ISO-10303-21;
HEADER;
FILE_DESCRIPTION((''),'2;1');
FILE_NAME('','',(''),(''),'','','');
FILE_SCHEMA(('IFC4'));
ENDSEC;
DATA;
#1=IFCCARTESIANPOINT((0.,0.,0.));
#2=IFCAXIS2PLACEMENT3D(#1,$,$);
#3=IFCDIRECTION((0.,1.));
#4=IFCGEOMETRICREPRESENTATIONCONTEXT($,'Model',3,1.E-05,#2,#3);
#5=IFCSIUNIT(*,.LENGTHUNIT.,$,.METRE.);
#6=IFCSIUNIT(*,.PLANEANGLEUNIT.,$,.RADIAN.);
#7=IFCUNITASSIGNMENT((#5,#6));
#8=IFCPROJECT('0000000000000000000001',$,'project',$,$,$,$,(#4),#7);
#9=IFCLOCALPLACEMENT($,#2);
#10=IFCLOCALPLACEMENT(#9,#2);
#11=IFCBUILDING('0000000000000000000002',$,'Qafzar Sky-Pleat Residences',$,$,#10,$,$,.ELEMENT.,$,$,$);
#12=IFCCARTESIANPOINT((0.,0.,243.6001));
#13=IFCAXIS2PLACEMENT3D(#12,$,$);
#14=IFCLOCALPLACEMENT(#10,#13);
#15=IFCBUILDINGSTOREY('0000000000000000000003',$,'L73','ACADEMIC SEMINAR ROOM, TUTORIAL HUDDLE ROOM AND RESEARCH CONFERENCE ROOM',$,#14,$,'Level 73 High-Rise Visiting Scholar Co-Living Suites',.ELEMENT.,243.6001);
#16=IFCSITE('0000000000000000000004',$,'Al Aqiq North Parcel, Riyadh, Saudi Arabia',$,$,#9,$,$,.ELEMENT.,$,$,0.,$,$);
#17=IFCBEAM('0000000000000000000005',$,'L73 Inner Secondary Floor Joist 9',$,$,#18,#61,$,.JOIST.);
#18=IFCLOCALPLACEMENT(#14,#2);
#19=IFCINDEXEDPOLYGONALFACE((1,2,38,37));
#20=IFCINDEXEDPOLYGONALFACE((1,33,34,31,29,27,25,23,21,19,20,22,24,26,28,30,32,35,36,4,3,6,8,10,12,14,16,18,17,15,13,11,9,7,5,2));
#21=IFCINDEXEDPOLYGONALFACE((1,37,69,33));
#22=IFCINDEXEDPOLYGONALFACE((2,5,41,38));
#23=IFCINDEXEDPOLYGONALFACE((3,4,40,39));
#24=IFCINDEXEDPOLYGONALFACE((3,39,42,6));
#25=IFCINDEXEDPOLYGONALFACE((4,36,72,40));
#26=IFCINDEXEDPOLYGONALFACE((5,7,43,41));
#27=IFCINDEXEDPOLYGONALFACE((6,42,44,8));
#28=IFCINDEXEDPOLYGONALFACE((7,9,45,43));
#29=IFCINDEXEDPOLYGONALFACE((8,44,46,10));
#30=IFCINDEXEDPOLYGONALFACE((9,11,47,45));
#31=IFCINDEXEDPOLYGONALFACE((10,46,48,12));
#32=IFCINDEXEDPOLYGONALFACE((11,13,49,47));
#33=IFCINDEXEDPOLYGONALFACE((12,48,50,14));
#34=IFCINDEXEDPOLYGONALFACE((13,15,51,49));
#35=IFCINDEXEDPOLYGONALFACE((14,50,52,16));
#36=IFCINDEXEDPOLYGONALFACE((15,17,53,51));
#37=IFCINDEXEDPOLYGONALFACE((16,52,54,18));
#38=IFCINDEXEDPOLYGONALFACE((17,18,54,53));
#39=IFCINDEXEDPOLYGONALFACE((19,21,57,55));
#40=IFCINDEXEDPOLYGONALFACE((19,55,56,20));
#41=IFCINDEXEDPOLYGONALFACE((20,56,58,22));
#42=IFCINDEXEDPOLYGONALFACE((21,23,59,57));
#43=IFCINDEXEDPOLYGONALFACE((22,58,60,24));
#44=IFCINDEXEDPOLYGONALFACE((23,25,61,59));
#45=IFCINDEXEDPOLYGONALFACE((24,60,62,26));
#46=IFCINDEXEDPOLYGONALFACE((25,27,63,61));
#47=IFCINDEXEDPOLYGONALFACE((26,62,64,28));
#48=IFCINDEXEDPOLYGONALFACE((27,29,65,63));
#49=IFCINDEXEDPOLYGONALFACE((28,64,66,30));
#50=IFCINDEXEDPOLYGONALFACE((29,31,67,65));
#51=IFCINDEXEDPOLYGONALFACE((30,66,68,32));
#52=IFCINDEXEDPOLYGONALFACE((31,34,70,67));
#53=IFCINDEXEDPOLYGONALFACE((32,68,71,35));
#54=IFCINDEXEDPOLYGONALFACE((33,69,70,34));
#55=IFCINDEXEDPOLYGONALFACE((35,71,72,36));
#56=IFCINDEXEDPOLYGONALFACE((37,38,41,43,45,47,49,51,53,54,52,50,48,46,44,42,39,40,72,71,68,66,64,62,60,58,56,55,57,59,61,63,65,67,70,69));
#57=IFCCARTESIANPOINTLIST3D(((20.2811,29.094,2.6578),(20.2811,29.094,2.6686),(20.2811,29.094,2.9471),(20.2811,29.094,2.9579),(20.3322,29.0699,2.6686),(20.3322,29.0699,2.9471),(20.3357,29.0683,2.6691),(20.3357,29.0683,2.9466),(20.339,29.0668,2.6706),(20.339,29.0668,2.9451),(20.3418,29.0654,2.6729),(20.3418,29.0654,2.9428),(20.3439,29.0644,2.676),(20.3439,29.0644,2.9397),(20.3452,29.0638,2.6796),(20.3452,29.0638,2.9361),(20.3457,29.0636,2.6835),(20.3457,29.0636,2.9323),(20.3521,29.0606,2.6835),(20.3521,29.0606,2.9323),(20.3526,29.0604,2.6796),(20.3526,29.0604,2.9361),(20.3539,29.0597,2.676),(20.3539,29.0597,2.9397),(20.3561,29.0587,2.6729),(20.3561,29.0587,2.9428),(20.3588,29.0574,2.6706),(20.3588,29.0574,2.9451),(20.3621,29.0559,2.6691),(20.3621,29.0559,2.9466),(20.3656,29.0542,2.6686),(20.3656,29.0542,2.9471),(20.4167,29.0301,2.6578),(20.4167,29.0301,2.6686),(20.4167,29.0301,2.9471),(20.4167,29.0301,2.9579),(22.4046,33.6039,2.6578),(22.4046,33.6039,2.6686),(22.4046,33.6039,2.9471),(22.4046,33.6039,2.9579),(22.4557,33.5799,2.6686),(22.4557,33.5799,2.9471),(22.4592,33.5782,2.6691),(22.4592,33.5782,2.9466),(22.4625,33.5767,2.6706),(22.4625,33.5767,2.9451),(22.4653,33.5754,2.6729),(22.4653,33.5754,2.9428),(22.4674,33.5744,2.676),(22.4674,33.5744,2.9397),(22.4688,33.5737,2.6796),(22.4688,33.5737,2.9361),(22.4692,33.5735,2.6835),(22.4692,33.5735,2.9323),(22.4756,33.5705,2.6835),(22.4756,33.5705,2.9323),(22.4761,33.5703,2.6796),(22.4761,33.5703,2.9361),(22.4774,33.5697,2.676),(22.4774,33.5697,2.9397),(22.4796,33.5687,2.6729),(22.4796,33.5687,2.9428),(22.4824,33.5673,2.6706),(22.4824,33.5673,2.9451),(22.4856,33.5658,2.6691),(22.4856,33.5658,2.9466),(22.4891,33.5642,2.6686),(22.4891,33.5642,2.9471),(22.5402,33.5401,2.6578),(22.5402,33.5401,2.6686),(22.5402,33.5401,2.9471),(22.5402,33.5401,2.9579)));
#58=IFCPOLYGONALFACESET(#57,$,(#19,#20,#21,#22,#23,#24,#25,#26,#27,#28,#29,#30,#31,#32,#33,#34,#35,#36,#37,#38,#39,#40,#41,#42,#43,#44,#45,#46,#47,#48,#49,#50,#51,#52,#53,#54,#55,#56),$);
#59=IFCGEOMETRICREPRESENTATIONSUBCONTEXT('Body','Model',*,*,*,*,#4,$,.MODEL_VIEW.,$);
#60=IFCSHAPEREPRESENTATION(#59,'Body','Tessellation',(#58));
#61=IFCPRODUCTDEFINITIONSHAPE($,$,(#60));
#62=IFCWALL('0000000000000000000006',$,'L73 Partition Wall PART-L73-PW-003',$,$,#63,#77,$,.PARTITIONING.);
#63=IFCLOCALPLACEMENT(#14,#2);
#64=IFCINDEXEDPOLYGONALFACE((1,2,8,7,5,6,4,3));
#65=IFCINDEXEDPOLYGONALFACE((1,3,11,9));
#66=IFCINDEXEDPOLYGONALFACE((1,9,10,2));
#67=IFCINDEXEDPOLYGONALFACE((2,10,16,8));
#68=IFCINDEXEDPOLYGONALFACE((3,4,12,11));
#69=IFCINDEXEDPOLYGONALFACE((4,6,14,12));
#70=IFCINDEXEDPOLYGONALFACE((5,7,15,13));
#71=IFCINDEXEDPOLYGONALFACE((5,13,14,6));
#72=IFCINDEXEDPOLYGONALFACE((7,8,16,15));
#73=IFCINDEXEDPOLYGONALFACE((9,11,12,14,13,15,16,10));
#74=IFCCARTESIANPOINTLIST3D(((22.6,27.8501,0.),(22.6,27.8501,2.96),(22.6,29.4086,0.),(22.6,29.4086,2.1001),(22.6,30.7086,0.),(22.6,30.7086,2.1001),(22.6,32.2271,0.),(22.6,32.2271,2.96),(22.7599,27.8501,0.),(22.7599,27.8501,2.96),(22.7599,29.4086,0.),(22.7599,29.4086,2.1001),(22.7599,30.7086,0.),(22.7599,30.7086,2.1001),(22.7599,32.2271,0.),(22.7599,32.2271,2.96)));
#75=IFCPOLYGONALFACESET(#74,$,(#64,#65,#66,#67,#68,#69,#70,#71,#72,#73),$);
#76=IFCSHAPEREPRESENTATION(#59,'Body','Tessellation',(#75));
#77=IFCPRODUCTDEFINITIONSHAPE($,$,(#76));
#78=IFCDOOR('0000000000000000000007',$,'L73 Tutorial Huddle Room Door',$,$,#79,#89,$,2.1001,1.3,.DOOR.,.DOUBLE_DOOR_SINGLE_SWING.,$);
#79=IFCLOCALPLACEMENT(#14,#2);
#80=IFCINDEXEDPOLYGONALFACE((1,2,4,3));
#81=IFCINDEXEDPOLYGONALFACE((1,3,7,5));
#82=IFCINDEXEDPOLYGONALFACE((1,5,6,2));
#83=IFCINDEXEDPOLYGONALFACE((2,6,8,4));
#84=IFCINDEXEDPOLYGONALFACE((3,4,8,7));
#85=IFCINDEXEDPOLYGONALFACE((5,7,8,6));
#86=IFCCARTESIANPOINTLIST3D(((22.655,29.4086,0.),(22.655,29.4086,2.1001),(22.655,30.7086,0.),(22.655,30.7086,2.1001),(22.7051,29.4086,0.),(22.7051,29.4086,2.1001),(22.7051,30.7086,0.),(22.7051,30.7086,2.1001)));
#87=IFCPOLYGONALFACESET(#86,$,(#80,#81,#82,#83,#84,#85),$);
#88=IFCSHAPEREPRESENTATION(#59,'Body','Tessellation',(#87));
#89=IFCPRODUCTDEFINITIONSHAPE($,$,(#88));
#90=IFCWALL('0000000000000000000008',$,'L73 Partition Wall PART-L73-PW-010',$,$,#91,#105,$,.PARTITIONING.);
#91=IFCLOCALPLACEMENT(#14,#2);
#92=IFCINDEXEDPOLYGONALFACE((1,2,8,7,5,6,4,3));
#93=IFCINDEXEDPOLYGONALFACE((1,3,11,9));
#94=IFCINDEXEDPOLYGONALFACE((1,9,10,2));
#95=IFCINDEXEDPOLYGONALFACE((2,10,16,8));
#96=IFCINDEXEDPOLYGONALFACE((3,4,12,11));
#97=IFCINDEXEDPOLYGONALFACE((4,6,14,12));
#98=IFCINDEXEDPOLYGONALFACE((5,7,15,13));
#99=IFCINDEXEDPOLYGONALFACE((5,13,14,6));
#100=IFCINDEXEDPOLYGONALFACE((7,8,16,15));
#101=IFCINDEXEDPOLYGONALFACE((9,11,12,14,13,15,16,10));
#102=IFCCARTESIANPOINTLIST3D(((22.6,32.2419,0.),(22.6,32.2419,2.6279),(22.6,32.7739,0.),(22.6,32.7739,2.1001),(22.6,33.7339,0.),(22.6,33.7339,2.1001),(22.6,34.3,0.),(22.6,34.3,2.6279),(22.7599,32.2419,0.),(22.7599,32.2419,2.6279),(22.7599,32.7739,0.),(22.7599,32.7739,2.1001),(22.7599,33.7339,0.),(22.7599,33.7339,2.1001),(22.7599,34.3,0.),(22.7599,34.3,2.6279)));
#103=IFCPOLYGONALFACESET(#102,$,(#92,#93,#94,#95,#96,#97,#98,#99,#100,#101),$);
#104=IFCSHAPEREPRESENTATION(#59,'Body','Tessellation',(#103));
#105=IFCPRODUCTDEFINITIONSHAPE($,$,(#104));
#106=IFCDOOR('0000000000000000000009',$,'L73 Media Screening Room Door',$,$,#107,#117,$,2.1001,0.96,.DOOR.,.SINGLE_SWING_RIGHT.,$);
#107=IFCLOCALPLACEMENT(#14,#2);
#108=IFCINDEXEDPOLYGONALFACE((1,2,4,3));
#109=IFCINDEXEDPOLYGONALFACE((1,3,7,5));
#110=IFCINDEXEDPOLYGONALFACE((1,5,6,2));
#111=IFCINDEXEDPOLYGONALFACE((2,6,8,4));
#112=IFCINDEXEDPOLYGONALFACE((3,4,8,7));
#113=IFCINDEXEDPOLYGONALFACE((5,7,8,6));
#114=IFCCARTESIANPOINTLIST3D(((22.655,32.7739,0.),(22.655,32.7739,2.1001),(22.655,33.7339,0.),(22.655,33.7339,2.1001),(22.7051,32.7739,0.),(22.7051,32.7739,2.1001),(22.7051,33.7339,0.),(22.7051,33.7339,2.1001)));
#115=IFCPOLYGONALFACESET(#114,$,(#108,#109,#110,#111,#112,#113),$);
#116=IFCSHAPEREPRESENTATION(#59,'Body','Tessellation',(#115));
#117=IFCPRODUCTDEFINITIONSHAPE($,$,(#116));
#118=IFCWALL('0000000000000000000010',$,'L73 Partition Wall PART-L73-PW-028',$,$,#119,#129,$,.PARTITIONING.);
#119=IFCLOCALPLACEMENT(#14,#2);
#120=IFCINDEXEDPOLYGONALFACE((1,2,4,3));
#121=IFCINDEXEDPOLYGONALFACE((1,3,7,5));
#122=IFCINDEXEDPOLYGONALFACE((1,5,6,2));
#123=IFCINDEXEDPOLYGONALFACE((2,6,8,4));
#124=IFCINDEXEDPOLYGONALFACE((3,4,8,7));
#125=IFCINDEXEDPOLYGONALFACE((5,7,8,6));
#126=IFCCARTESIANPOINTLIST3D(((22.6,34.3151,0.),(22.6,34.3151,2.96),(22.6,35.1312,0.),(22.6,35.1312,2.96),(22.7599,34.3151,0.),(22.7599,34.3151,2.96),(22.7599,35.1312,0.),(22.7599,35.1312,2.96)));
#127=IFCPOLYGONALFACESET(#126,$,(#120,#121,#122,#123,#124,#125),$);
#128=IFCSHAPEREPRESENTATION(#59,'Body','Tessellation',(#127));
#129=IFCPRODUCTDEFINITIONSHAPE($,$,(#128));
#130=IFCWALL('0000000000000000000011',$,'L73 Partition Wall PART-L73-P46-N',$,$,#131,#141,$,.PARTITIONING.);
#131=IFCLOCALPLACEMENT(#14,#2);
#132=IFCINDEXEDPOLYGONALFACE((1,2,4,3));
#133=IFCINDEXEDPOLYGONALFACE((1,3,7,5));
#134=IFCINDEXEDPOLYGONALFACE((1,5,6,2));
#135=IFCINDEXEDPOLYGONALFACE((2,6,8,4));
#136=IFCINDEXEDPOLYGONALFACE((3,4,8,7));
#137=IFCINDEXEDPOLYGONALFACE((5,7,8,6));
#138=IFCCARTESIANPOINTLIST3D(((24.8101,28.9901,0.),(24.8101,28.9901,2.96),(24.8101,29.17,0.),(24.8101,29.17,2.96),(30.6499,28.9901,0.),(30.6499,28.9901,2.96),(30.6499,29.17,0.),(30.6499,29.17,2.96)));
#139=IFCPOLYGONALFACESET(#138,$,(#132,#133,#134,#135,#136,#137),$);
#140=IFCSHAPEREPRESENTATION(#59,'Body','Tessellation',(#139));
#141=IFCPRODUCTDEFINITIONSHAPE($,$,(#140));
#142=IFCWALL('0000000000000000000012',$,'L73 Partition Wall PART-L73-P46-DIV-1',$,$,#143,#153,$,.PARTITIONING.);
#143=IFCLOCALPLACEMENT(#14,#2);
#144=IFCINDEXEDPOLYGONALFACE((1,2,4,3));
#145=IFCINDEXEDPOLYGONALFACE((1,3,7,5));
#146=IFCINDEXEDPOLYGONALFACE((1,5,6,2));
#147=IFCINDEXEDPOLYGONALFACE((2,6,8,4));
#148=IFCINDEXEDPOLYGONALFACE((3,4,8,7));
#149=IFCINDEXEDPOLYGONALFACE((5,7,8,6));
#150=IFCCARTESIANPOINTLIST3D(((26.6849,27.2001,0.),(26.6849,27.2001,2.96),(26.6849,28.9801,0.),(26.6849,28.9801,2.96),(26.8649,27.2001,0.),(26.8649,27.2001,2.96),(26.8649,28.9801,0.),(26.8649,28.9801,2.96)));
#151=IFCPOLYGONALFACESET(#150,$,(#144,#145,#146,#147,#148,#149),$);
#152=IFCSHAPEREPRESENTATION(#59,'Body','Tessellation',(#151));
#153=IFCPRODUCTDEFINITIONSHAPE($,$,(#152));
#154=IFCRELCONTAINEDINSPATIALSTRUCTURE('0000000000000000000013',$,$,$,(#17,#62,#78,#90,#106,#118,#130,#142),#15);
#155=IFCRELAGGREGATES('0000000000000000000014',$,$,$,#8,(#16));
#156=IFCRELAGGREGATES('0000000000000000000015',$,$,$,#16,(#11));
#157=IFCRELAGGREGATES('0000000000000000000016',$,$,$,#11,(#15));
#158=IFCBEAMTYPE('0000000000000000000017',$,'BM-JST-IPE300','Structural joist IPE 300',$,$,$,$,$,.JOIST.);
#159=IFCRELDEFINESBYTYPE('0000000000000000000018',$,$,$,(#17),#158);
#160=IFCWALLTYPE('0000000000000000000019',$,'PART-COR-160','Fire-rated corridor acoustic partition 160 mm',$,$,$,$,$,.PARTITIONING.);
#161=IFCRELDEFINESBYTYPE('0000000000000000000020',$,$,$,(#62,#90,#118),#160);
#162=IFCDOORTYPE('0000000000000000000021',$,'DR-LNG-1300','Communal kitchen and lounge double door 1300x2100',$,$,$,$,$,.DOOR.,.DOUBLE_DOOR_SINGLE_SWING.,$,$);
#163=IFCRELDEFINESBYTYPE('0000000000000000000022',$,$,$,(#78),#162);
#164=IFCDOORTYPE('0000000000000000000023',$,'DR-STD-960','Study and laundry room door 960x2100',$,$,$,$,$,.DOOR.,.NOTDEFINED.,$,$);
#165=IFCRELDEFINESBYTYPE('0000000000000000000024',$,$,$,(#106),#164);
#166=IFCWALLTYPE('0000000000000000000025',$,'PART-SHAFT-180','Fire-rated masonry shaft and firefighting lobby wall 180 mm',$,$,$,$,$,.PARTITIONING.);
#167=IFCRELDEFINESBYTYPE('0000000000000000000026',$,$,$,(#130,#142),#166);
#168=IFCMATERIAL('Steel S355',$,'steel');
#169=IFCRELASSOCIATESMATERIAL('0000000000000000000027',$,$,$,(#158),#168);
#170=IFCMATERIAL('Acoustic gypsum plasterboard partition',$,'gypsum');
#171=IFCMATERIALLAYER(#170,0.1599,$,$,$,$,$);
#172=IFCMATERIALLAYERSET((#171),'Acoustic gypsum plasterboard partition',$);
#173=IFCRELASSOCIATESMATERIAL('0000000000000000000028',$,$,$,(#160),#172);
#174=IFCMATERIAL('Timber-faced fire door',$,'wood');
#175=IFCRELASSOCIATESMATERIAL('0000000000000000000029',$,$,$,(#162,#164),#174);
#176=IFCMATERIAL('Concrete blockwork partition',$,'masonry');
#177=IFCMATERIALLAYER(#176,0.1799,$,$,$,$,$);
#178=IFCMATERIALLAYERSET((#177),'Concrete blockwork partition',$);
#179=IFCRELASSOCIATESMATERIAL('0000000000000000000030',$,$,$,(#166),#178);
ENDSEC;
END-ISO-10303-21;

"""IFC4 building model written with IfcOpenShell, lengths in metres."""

from ifc_helpers import new_model, si_unit, direction, frame, frame_2d, origin, origin_2d, place, context, subcontext, project, spatial, rectangle, i_section, extrude, source, transform, mapped, material, layer, layer_set, material_profile, profile_set, type_object, element, fill, save


model = new_model("IFC4")

# Units and contexts
model_context = context("Model", 3, precision=1e-05, world=origin(), true_north=direction((0.0, 1.0)))
body_context = subcontext(model_context, "Body", "Model", "MODEL_VIEW")
ifc_project = project(units=[si_unit("LENGTHUNIT", "METRE"), si_unit("PLANEANGLEUNIT", "RADIAN")], contexts=[model_context])

# Site, building, storey
site_placement = place(None, origin())
site = spatial("IfcSite", under=ifc_project, at=site_placement, Name="Al Aqiq North Parcel, Riyadh, Saudi Arabia", CompositionType="ELEMENT", RefElevation=0.0)
building_placement = place(site_placement, origin())
building = spatial("IfcBuilding", under=site, at=building_placement, Name="Qafzar Sky-Pleat Residences", CompositionType="ELEMENT")
storey_placement = place(building_placement, frame((0.0, 0.0, 243.6001)))
storey = spatial("IfcBuildingStorey", under=building, at=storey_placement, Name="L73", Description="ACADEMIC SEMINAR ROOM, TUTORIAL HUDDLE ROOM AND RESEARCH CONFERENCE ROOM", LongName="Level 73 High-Rise Visiting Scholar Co-Living Suites", CompositionType="ELEMENT", Elevation=243.6001)

# Beam
ifc_material_1 = material(Name="Steel S355", Category="steel")
ifc_material_profile = material_profile(ifc_material_1, i_section(OverallWidth=0.1499, OverallDepth=0.3, WebThickness=0.0071, FlangeThickness=0.0107, FilletRadius=0.0149, at=origin_2d()), Name="IPE 300")
ifc_profile_set = profile_set([ifc_material_profile], Name="Steel S355")
beam_type = type_object("IfcBeamType", Name="BM-JST-IPE300", Description="Structural joist IPE 300", PredefinedType="JOIST", material=ifc_profile_set)
shared_shape_1 = source(origin(), body_context, "Body", "SweptSolid", [
    extrude(i_section(OverallWidth=0.1499, OverallDepth=0.3, WebThickness=0.0071, FlangeThickness=0.0107, FilletRadius=0.0149, at=origin_2d()), origin(), (0.0, 0.0, 1.0), 4.9849),
])
beam_placement = place(storey_placement, frame((22.4724, 33.572, 2.8079), z_axis=(-0.42599, -0.904728, 0.0), x_axis=(0.904728, -0.42599, 0.0)))
element("IfcBeam", 1, at=beam_placement, inside=storey, type_object=beam_type, Name="L73 Inner Secondary Floor Joist 9", PredefinedType="JOIST", context=body_context, shape_type="MappedRepresentation", body=[
    mapped(shared_shape_1, transform((0.0, 0.0, 0.0), x_axis=(1.0, 0.0, 0.0), y_axis=(0.0, 1.0, 0.0), z_axis=(0.0, 0.0, 1.0), scale=1.0)),
])

# Walls, openings, doors
ifc_material_2 = material(Name="Acoustic gypsum plasterboard partition", Category="gypsum")
ifc_layer_1 = layer(ifc_material_2, 0.1599)
ifc_layer_set_1 = layer_set([ifc_layer_1], Name="Acoustic gypsum plasterboard partition")
wall_type_1 = type_object("IfcWallType", Name="PART-COR-160", Description="Fire-rated corridor acoustic partition 160 mm", PredefinedType="PARTITIONING", material=ifc_layer_set_1)
wall_1_placement = place(storey_placement, frame((22.6799, 27.8501, 0.0), z_axis=(0.0, 0.0, 1.0), x_axis=(0.0, 1.0, 0.0)))
wall_1 = element("IfcWall", 2, at=wall_1_placement, inside=storey, type_object=wall_type_1, Name="L73 Partition Wall PART-L73-PW-003", PredefinedType="PARTITIONING", context=body_context, shape_type="SweptSolid", body=[
    extrude(rectangle(XDim=4.377, YDim=0.1599, at=frame_2d((2.1885, 0.0))), origin(), (0.0, 0.0, 1.0), 2.96),
])
opening_1_placement = place(wall_1_placement, frame((1.5586, 0.0, 0.0)))
opening_1 = element("IfcOpeningElement", 3, at=opening_1_placement, cuts=wall_1, PredefinedType="OPENING", context=body_context, shape_type="SweptSolid", body=[
    extrude(rectangle(XDim=1.3, YDim=2.1001, at=frame_2d((0.6499, 1.05))), frame((0.0, 0.0898, 0.0), z_axis=(0.0, -1.0, 0.0), x_axis=(1.0, 0.0, 0.0)), (0.0, 0.0, 1.0), 0.1799),
])
ifc_material_3 = material(Name="Timber-faced fire door", Category="wood")
door_type_1 = type_object("IfcDoorType", Name="DR-LNG-1300", Description="Communal kitchen and lounge double door 1300x2100", OperationType="DOUBLE_DOOR_SINGLE_SWING", PredefinedType="DOOR", material=ifc_material_3)
shared_shape_2 = source(origin(), body_context, "Body", "SweptSolid", [
    extrude(rectangle(XDim=1.3, YDim=2.1001, at=frame_2d((0.6499, 1.05))), frame((0.0, 0.0249, 0.0), z_axis=(0.0, -1.0, 0.0), x_axis=(1.0, 0.0, 0.0)), (0.0, 0.0, 1.0), 0.05),
])
door_1_placement = place(opening_1_placement, origin())
door_1 = element("IfcDoor", 4, at=door_1_placement, inside=storey, type_object=door_type_1, Name="L73 Tutorial Huddle Room Door", OperationType="DOUBLE_DOOR_SINGLE_SWING", OverallHeight=2.1001, OverallWidth=1.3, PredefinedType="DOOR", context=body_context, shape_type="MappedRepresentation", body=[
    mapped(shared_shape_2, transform((0.0, 0.0, 0.0), x_axis=(1.0, 0.0, 0.0), y_axis=(0.0, 1.0, 0.0), z_axis=(0.0, 0.0, 1.0), scale=1.0)),
])
fill(opening_1, door_1)
wall_2_placement = place(storey_placement, frame((22.6799, 32.2419, 0.0), z_axis=(0.0, 0.0, 1.0), x_axis=(0.0, 1.0, 0.0)))
wall_2 = element("IfcWall", 5, at=wall_2_placement, inside=storey, type_object=wall_type_1, Name="L73 Partition Wall PART-L73-PW-010", PredefinedType="PARTITIONING", context=body_context, shape_type="SweptSolid", body=[
    extrude(rectangle(XDim=2.0581, YDim=0.1599, at=frame_2d((1.0291, 0.0))), origin(), (0.0, 0.0, 1.0), 2.6279),
])
opening_2_placement = place(wall_2_placement, frame((0.532, 0.0, 0.0)))
opening_2 = element("IfcOpeningElement", 6, at=opening_2_placement, cuts=wall_2, PredefinedType="OPENING", context=body_context, shape_type="SweptSolid", body=[
    extrude(rectangle(XDim=0.96, YDim=2.1001, at=frame_2d((0.48, 1.05))), frame((0.0, 0.0898, 0.0), z_axis=(0.0, -1.0, 0.0), x_axis=(1.0, 0.0, 0.0)), (0.0, 0.0, 1.0), 0.1799),
])
door_type_2 = type_object("IfcDoorType", Name="DR-STD-960", Description="Study and laundry room door 960x2100", OperationType="NOTDEFINED", PredefinedType="DOOR", material=ifc_material_3)
shared_shape_3 = source(origin(), body_context, "Body", "SweptSolid", [
    extrude(rectangle(XDim=0.96, YDim=2.1001, at=frame_2d((0.48, 1.05))), frame((0.0, 0.0249, 0.0), z_axis=(0.0, -1.0, 0.0), x_axis=(1.0, 0.0, 0.0)), (0.0, 0.0, 1.0), 0.05),
])
door_2_placement = place(opening_2_placement, origin())
door_2 = element("IfcDoor", 7, at=door_2_placement, inside=storey, type_object=door_type_2, Name="L73 Media Screening Room Door", OperationType="SINGLE_SWING_RIGHT", OverallHeight=2.1001, OverallWidth=0.96, PredefinedType="DOOR", context=body_context, shape_type="MappedRepresentation", body=[
    mapped(shared_shape_3, transform((0.0, 0.0, 0.0), x_axis=(1.0, 0.0, 0.0), y_axis=(0.0, 1.0, 0.0), z_axis=(0.0, 0.0, 1.0), scale=1.0)),
])
fill(opening_2, door_2)

# Walls
wall_3_placement = place(storey_placement, frame((22.6799, 34.3149, 0.0), z_axis=(0.0, 0.0, 1.0), x_axis=(0.0, 1.0, 0.0)))
element("IfcWall", 8, at=wall_3_placement, inside=storey, type_object=wall_type_1, Name="L73 Partition Wall PART-L73-PW-028", PredefinedType="PARTITIONING", context=body_context, shape_type="SweptSolid", body=[
    extrude(rectangle(XDim=0.8162, YDim=0.1599, at=frame_2d((0.4082, 0.0))), origin(), (0.0, 0.0, 1.0), 2.96),
])
ifc_material_4 = material(Name="Concrete blockwork partition", Category="masonry")
ifc_layer_2 = layer(ifc_material_4, 0.1799)
ifc_layer_set_2 = layer_set([ifc_layer_2], Name="Concrete blockwork partition")
wall_type_2 = type_object("IfcWallType", Name="PART-SHAFT-180", Description="Fire-rated masonry shaft and firefighting lobby wall 180 mm", PredefinedType="PARTITIONING", material=ifc_layer_set_2)
wall_4_placement = place(storey_placement, frame((24.8101, 29.0801, 0.0), z_axis=(0.0, 0.0, 1.0), x_axis=(1.0, 0.0, 0.0)))
element("IfcWall", 9, at=wall_4_placement, inside=storey, type_object=wall_type_2, Name="L73 Partition Wall PART-L73-P46-N", PredefinedType="PARTITIONING", context=body_context, shape_type="SweptSolid", body=[
    extrude(rectangle(XDim=5.8398, YDim=0.1799, at=frame_2d((2.9199, 0.0))), origin(), (0.0, 0.0, 1.0), 2.96),
])

# Wall
wall_5_placement = place(storey_placement, frame((26.7749, 27.2, 0.0), z_axis=(0.0, 0.0, 1.0), x_axis=(0.0, 1.0, 0.0)))
element("IfcWall", 10, at=wall_5_placement, inside=storey, type_object=wall_type_2, Name="L73 Partition Wall PART-L73-P46-DIV-1", PredefinedType="PARTITIONING", context=body_context, shape_type="SweptSolid", body=[
    extrude(rectangle(XDim=1.78, YDim=0.1799, at=frame_2d((0.8901, 0.0))), origin(), (0.0, 0.0, 1.0), 2.96),
])

save(model, "model.ifc")
